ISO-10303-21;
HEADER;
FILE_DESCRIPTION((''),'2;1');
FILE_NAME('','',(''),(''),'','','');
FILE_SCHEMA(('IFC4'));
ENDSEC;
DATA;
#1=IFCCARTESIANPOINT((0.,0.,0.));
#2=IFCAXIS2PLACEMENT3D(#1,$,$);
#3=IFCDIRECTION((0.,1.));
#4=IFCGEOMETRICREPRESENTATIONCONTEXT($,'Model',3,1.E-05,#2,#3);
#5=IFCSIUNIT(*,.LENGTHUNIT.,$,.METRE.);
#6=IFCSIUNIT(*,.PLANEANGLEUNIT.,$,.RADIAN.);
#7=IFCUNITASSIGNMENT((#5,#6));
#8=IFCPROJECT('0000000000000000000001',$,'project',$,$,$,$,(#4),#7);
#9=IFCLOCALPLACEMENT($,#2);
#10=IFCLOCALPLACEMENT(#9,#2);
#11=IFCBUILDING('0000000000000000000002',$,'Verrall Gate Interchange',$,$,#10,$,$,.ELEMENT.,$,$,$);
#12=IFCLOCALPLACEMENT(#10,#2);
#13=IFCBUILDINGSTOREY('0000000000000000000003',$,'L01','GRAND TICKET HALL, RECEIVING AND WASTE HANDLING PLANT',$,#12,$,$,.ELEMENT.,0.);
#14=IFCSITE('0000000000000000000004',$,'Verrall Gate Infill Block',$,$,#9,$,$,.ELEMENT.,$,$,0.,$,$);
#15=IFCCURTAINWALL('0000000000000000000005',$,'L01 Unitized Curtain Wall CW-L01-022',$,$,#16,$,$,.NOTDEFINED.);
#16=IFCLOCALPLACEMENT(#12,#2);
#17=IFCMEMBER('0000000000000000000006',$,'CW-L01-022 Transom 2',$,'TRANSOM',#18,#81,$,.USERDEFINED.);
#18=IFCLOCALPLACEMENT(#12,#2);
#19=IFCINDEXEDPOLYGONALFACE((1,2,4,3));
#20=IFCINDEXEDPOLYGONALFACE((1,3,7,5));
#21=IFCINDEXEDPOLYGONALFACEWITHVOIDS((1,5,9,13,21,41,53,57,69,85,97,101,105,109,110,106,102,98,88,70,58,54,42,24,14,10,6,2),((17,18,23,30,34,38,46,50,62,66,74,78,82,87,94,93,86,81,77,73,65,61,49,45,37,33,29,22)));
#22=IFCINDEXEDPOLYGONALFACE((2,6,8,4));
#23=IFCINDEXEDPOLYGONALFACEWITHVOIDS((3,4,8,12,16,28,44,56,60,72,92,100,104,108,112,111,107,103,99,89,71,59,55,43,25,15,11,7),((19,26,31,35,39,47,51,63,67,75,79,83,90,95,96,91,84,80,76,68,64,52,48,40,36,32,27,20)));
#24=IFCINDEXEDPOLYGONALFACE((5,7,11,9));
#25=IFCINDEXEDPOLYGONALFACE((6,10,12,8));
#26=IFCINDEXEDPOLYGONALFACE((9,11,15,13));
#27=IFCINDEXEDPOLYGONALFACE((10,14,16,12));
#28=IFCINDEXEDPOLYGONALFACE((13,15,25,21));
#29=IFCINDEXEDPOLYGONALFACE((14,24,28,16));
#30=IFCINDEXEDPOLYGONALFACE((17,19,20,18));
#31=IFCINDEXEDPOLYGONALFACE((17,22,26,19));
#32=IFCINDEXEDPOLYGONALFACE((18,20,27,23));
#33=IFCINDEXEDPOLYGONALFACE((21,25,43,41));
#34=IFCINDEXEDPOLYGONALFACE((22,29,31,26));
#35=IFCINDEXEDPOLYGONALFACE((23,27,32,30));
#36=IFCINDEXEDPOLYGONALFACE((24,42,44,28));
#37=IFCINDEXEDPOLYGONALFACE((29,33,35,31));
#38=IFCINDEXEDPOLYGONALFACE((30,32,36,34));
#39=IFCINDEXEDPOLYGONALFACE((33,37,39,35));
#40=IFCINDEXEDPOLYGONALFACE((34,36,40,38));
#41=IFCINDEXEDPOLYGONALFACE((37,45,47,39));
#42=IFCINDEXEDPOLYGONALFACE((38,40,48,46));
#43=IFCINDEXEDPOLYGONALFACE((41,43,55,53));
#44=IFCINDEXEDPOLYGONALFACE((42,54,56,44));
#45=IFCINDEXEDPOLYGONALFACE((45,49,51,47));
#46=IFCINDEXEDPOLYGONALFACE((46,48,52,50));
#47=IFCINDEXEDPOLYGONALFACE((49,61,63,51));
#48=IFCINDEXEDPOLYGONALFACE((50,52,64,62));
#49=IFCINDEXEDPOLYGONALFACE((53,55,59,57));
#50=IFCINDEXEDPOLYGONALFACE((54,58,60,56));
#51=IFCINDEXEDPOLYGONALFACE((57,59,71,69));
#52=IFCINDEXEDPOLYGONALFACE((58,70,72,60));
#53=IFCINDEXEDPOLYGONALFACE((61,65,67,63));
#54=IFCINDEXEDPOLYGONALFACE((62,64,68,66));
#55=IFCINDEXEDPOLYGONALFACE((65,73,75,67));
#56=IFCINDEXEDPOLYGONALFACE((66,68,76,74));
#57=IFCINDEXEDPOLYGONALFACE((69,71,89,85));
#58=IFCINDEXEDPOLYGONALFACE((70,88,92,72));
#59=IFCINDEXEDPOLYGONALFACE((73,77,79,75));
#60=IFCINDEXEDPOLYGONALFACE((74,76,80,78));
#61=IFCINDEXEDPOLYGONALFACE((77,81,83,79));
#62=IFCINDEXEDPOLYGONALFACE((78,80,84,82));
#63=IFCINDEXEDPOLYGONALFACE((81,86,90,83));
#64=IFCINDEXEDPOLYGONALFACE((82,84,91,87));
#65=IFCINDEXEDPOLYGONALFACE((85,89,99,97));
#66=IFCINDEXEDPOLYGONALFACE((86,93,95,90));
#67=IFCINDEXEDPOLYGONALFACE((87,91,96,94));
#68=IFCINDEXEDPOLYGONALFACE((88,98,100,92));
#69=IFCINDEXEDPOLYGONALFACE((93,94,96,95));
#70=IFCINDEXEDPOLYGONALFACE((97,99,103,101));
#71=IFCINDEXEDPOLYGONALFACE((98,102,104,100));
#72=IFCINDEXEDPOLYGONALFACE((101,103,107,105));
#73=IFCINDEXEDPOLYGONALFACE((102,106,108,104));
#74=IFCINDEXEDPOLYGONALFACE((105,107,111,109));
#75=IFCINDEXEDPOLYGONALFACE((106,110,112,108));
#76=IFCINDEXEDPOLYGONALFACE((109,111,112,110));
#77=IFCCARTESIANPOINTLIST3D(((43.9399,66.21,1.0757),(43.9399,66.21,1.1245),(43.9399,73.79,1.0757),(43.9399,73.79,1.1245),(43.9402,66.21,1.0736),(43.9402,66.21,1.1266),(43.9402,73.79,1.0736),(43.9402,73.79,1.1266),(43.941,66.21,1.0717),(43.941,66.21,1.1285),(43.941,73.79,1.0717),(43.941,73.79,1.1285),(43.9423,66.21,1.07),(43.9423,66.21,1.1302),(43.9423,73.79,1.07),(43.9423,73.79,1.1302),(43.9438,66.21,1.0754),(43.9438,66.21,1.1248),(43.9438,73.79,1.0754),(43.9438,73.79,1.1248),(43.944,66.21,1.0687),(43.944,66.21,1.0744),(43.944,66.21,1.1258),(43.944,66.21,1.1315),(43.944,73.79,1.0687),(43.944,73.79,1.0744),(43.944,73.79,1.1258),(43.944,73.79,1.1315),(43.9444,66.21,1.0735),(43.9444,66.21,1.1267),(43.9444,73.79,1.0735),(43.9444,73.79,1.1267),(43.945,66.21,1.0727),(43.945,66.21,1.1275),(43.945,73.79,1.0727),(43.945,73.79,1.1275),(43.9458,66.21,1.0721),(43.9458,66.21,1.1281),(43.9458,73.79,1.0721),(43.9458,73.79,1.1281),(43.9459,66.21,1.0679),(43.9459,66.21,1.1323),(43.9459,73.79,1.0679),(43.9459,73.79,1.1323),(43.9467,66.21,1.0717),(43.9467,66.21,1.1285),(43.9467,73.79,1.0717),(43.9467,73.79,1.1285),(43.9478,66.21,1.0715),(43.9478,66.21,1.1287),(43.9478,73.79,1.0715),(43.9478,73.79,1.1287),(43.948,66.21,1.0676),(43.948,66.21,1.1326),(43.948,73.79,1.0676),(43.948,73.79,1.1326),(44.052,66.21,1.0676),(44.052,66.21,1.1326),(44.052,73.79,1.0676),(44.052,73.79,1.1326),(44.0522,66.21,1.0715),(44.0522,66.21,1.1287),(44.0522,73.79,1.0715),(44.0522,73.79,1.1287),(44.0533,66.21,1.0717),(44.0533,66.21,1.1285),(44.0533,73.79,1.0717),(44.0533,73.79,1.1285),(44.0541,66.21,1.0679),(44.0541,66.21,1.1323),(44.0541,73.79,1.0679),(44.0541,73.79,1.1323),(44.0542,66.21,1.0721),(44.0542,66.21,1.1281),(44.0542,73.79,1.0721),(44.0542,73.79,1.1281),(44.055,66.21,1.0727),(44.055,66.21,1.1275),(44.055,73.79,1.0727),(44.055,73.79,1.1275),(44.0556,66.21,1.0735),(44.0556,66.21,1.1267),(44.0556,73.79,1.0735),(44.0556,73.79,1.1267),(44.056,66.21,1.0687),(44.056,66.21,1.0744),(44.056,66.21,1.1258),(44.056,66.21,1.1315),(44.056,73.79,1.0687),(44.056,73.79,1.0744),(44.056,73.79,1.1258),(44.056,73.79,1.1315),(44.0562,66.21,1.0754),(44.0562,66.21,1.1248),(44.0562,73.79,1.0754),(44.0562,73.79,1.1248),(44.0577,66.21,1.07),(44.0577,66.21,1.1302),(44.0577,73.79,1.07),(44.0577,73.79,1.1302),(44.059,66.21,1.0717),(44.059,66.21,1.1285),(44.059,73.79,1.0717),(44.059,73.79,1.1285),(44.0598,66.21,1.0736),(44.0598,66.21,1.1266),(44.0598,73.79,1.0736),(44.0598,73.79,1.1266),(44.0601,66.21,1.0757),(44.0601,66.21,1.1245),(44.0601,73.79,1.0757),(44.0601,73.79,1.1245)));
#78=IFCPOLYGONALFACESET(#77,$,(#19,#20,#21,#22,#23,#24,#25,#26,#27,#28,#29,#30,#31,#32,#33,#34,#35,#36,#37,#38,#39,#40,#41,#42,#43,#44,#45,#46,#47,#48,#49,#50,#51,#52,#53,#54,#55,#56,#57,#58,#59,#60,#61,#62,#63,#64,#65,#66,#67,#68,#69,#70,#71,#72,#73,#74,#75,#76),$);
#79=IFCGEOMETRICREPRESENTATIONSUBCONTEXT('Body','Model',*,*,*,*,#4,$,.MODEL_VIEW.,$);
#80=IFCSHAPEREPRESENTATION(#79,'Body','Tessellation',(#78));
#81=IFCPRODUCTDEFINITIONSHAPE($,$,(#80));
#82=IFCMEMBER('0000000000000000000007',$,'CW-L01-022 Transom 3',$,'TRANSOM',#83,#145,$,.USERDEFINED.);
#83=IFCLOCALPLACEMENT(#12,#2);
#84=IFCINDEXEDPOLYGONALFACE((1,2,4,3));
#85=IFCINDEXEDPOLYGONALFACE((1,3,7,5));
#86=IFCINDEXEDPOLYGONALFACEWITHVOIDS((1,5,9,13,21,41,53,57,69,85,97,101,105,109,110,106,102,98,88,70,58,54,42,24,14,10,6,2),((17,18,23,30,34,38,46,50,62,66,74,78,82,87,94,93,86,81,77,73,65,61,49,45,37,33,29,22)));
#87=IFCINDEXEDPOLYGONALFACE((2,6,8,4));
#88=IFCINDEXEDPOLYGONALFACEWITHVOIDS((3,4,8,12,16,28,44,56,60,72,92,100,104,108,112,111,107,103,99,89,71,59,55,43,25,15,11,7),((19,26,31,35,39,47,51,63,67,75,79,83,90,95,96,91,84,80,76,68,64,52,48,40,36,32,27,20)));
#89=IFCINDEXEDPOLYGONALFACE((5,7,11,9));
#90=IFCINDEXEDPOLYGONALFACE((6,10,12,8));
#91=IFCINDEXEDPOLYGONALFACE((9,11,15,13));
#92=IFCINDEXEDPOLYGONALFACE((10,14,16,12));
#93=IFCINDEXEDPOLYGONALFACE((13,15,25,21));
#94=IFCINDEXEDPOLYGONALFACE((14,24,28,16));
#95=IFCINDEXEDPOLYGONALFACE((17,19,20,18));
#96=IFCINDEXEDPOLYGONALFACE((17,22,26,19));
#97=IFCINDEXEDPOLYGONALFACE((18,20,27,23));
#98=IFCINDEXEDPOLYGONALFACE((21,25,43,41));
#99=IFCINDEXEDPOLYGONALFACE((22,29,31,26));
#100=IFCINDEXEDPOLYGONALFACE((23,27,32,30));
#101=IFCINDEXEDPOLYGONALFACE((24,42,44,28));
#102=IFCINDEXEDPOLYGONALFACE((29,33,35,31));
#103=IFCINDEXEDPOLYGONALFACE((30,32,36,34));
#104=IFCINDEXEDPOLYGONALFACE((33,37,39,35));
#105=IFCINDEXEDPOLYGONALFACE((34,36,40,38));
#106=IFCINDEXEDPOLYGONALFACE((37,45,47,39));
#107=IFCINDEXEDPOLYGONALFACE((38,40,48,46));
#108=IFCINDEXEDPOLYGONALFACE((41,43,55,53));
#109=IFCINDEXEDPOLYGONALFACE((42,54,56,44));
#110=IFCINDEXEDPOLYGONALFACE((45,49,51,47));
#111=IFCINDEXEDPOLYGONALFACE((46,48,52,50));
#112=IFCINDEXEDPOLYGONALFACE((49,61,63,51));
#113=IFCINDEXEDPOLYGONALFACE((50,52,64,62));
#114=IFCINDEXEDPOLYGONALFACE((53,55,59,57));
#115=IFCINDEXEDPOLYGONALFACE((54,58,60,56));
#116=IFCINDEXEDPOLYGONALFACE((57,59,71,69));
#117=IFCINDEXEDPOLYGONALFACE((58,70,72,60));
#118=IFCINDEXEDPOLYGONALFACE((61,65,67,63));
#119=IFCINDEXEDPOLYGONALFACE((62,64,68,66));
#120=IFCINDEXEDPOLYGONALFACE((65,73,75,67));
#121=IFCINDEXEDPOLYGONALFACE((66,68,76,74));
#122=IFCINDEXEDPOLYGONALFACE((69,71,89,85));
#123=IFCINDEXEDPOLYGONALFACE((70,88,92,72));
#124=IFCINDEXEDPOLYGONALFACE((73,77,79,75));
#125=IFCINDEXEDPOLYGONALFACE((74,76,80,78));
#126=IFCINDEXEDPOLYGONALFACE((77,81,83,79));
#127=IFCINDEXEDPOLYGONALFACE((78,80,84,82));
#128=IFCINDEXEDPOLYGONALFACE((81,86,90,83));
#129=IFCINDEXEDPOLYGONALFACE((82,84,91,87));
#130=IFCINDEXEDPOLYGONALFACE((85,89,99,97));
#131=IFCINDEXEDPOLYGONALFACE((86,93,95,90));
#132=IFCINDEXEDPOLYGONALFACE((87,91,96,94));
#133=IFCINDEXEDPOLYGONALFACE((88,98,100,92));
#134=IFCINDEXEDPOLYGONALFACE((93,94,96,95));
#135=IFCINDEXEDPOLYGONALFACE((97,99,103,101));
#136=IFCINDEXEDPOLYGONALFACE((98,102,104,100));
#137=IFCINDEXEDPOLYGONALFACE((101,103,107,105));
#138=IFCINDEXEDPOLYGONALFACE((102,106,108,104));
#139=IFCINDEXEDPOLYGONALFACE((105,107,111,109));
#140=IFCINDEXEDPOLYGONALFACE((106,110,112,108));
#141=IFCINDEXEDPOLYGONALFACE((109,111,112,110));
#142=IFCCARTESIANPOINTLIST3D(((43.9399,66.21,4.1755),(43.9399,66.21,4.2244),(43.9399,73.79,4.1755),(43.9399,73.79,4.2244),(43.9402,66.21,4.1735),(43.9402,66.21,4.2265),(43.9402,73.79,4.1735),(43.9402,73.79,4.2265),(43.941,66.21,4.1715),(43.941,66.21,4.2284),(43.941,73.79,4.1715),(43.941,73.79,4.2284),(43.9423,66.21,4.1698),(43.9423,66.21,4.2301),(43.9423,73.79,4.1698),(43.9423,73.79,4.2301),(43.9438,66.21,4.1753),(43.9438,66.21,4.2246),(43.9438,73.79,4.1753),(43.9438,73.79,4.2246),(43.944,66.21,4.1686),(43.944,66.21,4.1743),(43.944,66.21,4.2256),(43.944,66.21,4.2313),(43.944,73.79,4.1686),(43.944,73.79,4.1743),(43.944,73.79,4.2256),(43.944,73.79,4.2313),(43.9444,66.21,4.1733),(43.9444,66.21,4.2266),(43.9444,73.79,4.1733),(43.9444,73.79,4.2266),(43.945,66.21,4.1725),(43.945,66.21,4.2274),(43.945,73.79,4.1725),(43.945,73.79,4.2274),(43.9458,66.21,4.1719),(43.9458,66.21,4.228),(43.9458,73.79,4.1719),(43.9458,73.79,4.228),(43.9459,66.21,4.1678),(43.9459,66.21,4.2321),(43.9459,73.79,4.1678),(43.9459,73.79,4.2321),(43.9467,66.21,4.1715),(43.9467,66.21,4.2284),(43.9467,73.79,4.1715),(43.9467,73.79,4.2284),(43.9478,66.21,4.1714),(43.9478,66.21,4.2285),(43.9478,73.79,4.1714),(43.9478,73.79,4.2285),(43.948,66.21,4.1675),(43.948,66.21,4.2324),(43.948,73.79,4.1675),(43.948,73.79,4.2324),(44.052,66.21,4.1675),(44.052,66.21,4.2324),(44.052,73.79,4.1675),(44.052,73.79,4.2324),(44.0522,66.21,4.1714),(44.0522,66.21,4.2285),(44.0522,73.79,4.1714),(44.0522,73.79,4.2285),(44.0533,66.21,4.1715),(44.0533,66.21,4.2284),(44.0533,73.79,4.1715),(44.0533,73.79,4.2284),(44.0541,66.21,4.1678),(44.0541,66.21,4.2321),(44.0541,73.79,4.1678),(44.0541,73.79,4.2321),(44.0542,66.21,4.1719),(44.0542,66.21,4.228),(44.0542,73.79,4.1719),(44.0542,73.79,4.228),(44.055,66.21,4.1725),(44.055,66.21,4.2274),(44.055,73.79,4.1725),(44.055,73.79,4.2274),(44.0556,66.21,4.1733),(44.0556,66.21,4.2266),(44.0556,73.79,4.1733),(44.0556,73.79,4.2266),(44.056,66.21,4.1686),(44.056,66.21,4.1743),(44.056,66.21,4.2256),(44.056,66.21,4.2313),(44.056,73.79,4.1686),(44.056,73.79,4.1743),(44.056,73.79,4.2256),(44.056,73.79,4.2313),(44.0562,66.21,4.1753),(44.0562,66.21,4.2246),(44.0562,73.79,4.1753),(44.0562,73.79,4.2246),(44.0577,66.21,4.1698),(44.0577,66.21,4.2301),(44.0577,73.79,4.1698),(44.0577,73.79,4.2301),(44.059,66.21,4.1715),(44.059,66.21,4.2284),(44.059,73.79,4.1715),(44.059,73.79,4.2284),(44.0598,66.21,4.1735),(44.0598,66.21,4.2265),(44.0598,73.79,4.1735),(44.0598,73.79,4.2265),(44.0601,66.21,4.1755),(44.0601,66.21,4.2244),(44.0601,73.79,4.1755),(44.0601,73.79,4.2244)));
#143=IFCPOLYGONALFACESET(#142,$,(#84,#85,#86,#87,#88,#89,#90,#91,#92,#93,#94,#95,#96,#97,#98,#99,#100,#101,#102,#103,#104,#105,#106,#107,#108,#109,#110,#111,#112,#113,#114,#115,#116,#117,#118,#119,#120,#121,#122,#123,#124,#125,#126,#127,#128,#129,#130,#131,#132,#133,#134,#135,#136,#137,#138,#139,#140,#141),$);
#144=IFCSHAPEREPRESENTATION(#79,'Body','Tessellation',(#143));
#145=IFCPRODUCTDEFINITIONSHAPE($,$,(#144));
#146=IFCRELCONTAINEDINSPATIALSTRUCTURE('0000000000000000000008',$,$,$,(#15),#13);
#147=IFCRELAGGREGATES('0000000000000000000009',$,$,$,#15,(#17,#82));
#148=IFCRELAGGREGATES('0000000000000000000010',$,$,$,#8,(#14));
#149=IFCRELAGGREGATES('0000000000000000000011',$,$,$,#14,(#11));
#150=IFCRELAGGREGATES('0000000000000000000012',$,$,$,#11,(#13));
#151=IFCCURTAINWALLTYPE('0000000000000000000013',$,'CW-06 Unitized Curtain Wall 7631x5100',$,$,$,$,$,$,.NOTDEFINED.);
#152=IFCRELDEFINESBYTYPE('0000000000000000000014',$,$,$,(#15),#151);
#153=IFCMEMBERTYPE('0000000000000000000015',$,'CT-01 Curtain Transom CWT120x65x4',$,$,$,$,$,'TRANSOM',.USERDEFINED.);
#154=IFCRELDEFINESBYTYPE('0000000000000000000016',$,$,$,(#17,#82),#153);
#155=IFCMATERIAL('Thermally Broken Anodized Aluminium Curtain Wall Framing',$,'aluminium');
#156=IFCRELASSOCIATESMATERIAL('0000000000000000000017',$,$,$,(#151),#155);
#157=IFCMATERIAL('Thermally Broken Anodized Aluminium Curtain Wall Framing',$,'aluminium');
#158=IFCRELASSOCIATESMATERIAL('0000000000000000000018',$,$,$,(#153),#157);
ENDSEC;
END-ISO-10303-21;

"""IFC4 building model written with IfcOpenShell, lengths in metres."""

from ifc_helpers import new_model, si_unit, direction, frame, origin, origin_2d, place, context, subcontext, project, spatial, hollow_rectangle, extrude, material, material_profile, profile_set, type_object, element, aggregate, save


model = new_model("IFC4")

# Units and contexts
model_context = context("Model", 3, precision=1e-05, world=origin(), true_north=direction((0.0, 1.0)))
body_context = subcontext(model_context, "Body", "Model", "MODEL_VIEW")
ifc_project = project(units=[si_unit("LENGTHUNIT", "METRE"), si_unit("PLANEANGLEUNIT", "RADIAN")], contexts=[model_context])

# Site, building, storey
site_placement = place(None, origin())
site = spatial("IfcSite", under=ifc_project, at=site_placement, Name="Verrall Gate Infill Block", CompositionType="ELEMENT", RefElevation=0.0)
building_placement = place(site_placement, origin())
building = spatial("IfcBuilding", under=site, at=building_placement, Name="Verrall Gate Interchange", CompositionType="ELEMENT")
storey_placement = place(building_placement, origin())
storey = spatial("IfcBuildingStorey", under=building, at=storey_placement, Name="L01", Description="GRAND TICKET HALL, RECEIVING AND WASTE HANDLING PLANT", CompositionType="ELEMENT", Elevation=0.0)

# Curtain wall
ifc_material_1 = material(Name="Thermally Broken Anodized Aluminium Curtain Wall Framing", Category="aluminium")
curtain_wall_type_1 = type_object("IfcCurtainWallType", Name="CW-06 Unitized Curtain Wall 7631x5100", PredefinedType="NOTDEFINED", material=ifc_material_1)
curtain_wall_1_placement = place(storey_placement, origin())
curtain_wall_1 = element("IfcCurtainWall", 1, at=curtain_wall_1_placement, inside=storey, type_object=curtain_wall_type_1, Name="L01 Unitized Curtain Wall CW-L01-022", PredefinedType="NOTDEFINED")

# Members
ifc_material_2 = material(Name="Thermally Broken Anodized Aluminium Curtain Wall Framing", Category="aluminium")
ifc_material_profile_1 = material_profile(ifc_material_2, hollow_rectangle(XDim=0.1201, YDim=0.0649, WallThickness=0.0039, InnerFilletRadius=0.0039, OuterFilletRadius=0.0081, at=origin_2d()), Name="CWT120x65x4")
ifc_profile_set_1 = profile_set([ifc_material_profile_1], Name="Thermally Broken Anodized Aluminium Curtain Wall Framing")
member_type_1 = type_object("IfcMemberType", Name="CT-01 Curtain Transom CWT120x65x4", ElementType="TRANSOM", PredefinedType="USERDEFINED", material=ifc_profile_set_1)
member_1_placement = place(storey_placement, frame((44.0, 66.21, 1.1001), z_axis=(0.0, 1.0, 0.0), x_axis=(-1.0, 0.0, 0.0)))
member_1 = element("IfcMember", 2, at=member_1_placement, type_object=member_type_1, Name="CW-L01-022 Transom 2", ObjectType="TRANSOM", PredefinedType="USERDEFINED", context=body_context, shape_type="SweptSolid", body=[
    extrude(hollow_rectangle(XDim=0.1201, YDim=0.0649, WallThickness=0.0039, InnerFilletRadius=0.0039, OuterFilletRadius=0.0081, at=origin_2d()), origin(), (0.0, 0.0, 1.0), 7.5801),
])
member_2_placement = place(storey_placement, frame((44.0, 66.21, 4.2), z_axis=(0.0, 1.0, 0.0), x_axis=(-1.0, 0.0, 0.0)))
member_2 = element("IfcMember", 3, at=member_2_placement, type_object=member_type_1, Name="CW-L01-022 Transom 3", ObjectType="TRANSOM", PredefinedType="USERDEFINED", context=body_context, shape_type="SweptSolid", body=[
    extrude(hollow_rectangle(XDim=0.1201, YDim=0.0649, WallThickness=0.0039, InnerFilletRadius=0.0039, OuterFilletRadius=0.0081, at=origin_2d()), origin(), (0.0, 0.0, 1.0), 7.5801),
])
aggregate(curtain_wall_1, [member_1, member_2])

save(model, "model.ifc")
